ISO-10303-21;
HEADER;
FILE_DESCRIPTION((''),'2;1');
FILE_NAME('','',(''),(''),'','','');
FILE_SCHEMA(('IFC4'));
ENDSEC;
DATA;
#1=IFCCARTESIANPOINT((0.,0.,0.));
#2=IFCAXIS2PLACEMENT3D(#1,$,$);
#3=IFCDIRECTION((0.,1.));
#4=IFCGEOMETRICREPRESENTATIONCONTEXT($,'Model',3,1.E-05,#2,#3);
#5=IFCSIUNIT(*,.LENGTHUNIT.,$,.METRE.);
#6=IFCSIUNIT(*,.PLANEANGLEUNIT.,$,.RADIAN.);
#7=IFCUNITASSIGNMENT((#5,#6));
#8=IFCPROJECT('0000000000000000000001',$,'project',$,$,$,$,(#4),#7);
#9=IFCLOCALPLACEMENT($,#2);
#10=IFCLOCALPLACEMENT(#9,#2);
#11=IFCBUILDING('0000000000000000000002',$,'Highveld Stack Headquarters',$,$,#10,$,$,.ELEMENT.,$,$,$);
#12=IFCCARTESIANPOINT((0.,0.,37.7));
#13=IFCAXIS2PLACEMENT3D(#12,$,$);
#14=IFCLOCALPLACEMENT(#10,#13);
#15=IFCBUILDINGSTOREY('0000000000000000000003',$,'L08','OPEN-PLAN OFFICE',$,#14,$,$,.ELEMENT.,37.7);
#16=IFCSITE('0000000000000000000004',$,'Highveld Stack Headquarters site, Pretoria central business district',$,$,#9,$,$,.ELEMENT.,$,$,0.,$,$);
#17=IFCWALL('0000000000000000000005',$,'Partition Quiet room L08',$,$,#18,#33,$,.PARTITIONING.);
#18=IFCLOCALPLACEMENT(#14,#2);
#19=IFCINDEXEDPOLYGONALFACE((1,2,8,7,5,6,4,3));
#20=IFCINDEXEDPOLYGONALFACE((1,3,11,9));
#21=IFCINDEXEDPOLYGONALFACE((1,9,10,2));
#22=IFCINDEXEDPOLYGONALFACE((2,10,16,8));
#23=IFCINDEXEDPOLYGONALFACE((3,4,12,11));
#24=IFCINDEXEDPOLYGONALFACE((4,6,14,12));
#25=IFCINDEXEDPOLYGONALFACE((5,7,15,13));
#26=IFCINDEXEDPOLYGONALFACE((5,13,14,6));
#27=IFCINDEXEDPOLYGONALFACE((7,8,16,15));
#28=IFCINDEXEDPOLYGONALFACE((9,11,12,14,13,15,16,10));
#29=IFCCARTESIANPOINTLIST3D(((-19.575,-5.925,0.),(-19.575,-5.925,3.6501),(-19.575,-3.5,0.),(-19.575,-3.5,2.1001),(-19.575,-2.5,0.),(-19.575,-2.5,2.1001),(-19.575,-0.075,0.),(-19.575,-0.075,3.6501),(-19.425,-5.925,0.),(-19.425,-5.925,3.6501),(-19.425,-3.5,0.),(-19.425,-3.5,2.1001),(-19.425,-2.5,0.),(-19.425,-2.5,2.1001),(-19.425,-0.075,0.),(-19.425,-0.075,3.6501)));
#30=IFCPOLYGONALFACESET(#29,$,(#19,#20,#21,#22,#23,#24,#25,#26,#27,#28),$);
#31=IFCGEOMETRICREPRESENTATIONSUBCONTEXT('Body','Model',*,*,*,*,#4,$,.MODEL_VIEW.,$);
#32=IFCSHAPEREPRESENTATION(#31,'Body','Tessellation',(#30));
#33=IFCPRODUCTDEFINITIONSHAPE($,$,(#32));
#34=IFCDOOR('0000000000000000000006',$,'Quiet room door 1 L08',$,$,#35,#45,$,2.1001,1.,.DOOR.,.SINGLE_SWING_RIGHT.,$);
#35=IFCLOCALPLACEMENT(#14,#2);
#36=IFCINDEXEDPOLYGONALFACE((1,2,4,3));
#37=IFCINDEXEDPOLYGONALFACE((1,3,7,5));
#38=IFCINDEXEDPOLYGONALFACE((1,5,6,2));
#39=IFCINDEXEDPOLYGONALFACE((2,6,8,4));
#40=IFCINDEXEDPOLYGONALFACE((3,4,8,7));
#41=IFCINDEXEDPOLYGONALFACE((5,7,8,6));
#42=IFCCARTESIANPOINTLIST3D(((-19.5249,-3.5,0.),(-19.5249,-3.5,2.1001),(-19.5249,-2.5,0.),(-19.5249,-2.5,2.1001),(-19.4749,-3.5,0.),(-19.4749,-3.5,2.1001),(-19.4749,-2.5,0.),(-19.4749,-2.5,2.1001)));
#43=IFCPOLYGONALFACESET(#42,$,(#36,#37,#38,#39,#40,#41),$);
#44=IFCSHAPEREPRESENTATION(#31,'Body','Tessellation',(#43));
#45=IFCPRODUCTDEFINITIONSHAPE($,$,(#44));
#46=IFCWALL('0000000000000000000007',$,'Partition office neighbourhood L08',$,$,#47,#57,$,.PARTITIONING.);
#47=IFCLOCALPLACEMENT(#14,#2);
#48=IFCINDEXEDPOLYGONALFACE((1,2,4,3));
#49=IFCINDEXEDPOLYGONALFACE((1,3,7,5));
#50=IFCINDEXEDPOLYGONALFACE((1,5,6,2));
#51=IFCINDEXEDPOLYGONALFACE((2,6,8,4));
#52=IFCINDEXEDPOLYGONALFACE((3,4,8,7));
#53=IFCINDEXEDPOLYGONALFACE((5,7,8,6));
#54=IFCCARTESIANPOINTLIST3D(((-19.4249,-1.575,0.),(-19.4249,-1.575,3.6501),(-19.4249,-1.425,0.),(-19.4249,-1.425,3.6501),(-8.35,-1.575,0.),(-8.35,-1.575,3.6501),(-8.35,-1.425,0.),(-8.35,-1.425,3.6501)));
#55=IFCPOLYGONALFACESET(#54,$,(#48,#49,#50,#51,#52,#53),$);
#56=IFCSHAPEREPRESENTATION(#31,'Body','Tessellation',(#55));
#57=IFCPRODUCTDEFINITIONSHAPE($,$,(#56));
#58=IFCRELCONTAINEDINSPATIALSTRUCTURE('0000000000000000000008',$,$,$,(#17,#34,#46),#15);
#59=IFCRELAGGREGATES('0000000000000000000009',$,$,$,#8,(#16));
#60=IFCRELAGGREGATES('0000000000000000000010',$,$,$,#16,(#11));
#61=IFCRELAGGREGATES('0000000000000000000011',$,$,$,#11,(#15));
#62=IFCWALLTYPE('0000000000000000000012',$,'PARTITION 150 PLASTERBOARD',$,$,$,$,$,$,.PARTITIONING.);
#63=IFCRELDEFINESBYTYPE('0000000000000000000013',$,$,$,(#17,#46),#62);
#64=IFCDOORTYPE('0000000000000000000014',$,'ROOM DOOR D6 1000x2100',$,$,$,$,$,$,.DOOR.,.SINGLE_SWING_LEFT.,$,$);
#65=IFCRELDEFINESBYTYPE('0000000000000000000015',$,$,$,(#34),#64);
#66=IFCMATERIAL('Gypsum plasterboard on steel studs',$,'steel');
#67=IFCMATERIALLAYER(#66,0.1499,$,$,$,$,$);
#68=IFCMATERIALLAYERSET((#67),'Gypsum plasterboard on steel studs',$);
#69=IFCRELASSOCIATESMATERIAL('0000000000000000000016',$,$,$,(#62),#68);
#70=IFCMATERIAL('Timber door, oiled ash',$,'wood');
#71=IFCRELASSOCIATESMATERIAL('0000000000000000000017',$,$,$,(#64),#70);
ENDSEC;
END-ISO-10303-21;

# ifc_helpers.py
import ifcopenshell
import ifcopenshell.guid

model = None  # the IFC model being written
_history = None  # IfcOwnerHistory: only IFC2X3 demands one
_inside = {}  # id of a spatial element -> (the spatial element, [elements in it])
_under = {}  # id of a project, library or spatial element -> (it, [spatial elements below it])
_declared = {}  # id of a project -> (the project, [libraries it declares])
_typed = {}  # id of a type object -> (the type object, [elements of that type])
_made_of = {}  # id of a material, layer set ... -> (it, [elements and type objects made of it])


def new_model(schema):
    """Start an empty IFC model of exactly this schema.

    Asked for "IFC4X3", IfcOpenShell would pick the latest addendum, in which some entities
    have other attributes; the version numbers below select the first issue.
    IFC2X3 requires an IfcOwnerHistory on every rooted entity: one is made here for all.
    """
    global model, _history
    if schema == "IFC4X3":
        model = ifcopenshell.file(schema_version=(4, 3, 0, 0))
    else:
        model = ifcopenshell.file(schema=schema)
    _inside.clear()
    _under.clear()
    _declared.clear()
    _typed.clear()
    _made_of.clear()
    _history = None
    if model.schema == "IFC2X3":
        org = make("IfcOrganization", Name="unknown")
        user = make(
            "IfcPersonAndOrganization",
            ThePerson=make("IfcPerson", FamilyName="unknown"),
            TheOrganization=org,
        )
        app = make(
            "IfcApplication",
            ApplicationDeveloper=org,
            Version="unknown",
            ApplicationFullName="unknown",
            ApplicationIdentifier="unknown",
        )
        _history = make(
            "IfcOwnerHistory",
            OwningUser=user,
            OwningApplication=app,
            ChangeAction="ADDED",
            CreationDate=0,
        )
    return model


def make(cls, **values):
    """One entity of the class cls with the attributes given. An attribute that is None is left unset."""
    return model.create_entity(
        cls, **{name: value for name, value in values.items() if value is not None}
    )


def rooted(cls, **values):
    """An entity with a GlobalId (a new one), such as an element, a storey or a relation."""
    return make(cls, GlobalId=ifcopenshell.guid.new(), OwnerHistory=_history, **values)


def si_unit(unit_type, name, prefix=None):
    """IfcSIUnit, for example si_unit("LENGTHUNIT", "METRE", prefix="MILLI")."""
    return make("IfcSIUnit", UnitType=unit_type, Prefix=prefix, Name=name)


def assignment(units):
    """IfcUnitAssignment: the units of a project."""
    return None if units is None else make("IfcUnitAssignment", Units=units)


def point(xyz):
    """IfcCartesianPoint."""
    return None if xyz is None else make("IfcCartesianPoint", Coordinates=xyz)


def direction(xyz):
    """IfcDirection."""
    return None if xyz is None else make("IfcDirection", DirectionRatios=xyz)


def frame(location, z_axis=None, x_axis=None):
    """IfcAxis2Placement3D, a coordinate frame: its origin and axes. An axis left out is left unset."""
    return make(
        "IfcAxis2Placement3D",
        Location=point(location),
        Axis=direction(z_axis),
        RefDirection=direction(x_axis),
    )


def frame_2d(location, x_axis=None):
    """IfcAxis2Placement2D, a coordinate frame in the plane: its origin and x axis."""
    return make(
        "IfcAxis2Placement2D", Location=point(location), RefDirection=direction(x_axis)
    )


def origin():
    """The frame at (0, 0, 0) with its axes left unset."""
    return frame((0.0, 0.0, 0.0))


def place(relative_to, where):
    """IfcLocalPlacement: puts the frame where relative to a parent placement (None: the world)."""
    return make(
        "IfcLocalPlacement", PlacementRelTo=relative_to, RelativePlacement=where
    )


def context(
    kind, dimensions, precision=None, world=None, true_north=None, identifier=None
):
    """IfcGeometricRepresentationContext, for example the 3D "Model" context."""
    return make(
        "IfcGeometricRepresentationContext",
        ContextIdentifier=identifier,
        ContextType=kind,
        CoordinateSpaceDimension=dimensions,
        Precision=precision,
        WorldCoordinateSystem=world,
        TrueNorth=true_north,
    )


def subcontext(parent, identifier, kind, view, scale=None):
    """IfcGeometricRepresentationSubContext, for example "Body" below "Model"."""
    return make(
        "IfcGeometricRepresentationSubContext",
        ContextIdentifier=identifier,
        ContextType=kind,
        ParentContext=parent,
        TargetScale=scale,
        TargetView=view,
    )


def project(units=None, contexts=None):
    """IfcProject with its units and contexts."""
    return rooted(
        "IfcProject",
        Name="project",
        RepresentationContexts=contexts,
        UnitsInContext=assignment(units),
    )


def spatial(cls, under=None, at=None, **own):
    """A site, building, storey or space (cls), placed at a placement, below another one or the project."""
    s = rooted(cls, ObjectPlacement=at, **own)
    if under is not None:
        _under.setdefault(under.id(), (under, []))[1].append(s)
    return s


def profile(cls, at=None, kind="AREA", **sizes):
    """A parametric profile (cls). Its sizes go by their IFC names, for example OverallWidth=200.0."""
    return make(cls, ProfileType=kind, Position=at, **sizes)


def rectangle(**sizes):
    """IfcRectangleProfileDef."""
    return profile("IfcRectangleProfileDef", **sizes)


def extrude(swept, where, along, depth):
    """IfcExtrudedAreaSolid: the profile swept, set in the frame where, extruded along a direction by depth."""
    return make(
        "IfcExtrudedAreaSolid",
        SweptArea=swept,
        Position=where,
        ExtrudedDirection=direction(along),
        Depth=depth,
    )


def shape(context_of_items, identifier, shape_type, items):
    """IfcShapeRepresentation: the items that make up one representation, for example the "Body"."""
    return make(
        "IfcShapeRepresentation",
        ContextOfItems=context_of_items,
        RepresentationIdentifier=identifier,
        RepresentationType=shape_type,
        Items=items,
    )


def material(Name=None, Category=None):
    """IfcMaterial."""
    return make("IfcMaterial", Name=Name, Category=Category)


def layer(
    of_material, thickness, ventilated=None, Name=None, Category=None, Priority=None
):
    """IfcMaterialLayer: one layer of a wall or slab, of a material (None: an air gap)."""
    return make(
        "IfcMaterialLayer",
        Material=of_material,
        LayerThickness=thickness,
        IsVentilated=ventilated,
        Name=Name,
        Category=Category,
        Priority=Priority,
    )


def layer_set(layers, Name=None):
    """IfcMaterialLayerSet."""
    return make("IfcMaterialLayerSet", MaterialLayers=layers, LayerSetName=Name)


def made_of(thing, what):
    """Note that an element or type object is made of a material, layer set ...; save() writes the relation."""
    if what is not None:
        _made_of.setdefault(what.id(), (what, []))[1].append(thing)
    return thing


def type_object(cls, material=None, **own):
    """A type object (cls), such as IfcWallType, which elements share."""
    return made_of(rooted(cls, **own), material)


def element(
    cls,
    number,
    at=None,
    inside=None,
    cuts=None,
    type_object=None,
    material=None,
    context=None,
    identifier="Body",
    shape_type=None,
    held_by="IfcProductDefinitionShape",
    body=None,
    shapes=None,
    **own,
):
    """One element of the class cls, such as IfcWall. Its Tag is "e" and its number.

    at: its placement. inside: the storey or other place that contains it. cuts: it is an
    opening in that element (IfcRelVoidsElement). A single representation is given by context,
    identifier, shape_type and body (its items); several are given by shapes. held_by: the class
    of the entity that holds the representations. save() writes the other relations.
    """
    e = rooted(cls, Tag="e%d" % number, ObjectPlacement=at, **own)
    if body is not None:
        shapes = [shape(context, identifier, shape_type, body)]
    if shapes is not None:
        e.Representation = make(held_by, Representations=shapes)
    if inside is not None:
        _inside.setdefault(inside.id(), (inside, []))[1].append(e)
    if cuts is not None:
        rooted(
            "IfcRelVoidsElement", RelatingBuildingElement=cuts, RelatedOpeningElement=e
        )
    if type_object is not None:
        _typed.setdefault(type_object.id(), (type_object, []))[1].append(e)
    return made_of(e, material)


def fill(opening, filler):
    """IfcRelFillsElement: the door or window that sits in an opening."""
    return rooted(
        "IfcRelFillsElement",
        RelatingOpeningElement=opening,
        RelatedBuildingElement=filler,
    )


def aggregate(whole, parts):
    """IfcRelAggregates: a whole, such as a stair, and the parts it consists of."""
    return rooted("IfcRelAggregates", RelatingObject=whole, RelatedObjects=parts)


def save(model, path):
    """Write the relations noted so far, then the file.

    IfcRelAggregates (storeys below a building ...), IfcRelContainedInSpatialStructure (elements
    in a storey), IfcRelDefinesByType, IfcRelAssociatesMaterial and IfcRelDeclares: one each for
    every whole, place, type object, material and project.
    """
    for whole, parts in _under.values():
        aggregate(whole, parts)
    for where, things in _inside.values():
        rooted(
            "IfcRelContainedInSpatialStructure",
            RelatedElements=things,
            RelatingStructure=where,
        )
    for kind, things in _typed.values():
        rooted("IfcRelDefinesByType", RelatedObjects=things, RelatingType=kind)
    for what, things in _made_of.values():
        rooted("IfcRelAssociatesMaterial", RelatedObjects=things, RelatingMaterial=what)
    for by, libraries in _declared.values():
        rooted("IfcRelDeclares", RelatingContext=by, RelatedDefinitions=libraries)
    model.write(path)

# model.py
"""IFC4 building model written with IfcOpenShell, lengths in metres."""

from ifc_helpers import new_model, si_unit, direction, frame, frame_2d, origin, place, context, subcontext, project, spatial, rectangle, extrude, material, layer, layer_set, type_object, element, fill, save


model = new_model("IFC4")

# Units and contexts
model_context = context("Model", 3, precision=1e-05, world=origin(), true_north=direction((0.0, 1.0)))
body_context = subcontext(model_context, "Body", "Model", "MODEL_VIEW")
ifc_project = project(units=[si_unit("LENGTHUNIT", "METRE"), si_unit("PLANEANGLEUNIT", "RADIAN")], contexts=[model_context])

# Site, building, storey
site_placement = place(None, origin())
site = spatial("IfcSite", under=ifc_project, at=site_placement, Name="Highveld Stack Headquarters site, Pretoria central business district", CompositionType="ELEMENT", RefElevation=0.0)
building_placement = place(site_placement, origin())
building = spatial("IfcBuilding", under=site, at=building_placement, Name="Highveld Stack Headquarters", CompositionType="ELEMENT")
storey_placement = place(building_placement, frame((0.0, 0.0, 37.7)))
storey = spatial("IfcBuildingStorey", under=building, at=storey_placement, Name="L08", Description="OPEN-PLAN OFFICE", CompositionType="ELEMENT", Elevation=37.7)

# Shared definitions
ifc_material_1 = material(Name="Gypsum plasterboard on steel studs", Category="steel")
ifc_layer_1 = layer(ifc_material_1, 0.1499)
ifc_layer_set_1 = layer_set([ifc_layer_1], Name="Gypsum plasterboard on steel studs")
wall_type = type_object("IfcWallType", Name="PARTITION 150 PLASTERBOARD", PredefinedType="PARTITIONING", material=ifc_layer_set_1)

# Wall, opening, door
wall_1_placement = place(storey_placement, frame((-19.5, -5.925, 0.0), z_axis=(0.0, 0.0, 1.0), x_axis=(0.0, 1.0, 0.0)))
wall_1 = element("IfcWall", 1, at=wall_1_placement, inside=storey, type_object=wall_type, Name="Partition Quiet room L08", PredefinedType="PARTITIONING", context=body_context, shape_type="SweptSolid", body=[
    extrude(rectangle(XDim=5.8501, YDim=0.1499, at=frame_2d((2.925, 0.0))), origin(), (0.0, 0.0, 1.0), 3.6501),
])
opening_placement = place(wall_1_placement, frame((2.425, 0.0, 0.0)))
opening = element("IfcOpeningElement", 2, at=opening_placement, cuts=wall_1, PredefinedType="OPENING", context=body_context, shape_type="SweptSolid", body=[
    extrude(rectangle(XDim=1.0, YDim=2.1001, at=frame_2d((0.5, 1.05))), frame((0.0, 0.085, 0.0), z_axis=(0.0, -1.0, 0.0), x_axis=(1.0, 0.0, 0.0)), (0.0, 0.0, 1.0), 0.1699),
])
ifc_material_2 = material(Name="Timber door, oiled ash", Category="wood")
door_type = type_object("IfcDoorType", Name="ROOM DOOR D6 1000x2100", OperationType="SINGLE_SWING_LEFT", PredefinedType="DOOR", material=ifc_material_2)
door_placement = place(opening_placement, origin())
door = element("IfcDoor", 3, at=door_placement, inside=storey, type_object=door_type, Name="Quiet room door 1 L08", OperationType="SINGLE_SWING_RIGHT", OverallHeight=2.1001, OverallWidth=1.0, PredefinedType="DOOR", context=body_context, shape_type="SweptSolid", body=[
    extrude(rectangle(XDim=1.0, YDim=2.1001, at=frame_2d((0.5, 1.05))), frame((0.0, 0.0249, 0.0), z_axis=(0.0, -1.0, 0.0), x_axis=(1.0, 0.0, 0.0)), (0.0, 0.0, 1.0), 0.05),
])
fill(opening, door)

# Wall
wall_2_placement = place(storey_placement, frame((-19.425, -1.5, 0.0), z_axis=(0.0, 0.0, 1.0), x_axis=(1.0, 0.0, 0.0)))
element("IfcWall", 4, at=wall_2_placement, inside=storey, type_object=wall_type, Name="Partition office neighbourhood L08", PredefinedType="PARTITIONING", context=body_context, shape_type="SweptSolid", body=[
    extrude(rectangle(XDim=11.075, YDim=0.1499, at=frame_2d((5.5376, 0.0))), origin(), (0.0, 0.0, 1.0), 3.6501),
])

save(model, "model.ifc")
